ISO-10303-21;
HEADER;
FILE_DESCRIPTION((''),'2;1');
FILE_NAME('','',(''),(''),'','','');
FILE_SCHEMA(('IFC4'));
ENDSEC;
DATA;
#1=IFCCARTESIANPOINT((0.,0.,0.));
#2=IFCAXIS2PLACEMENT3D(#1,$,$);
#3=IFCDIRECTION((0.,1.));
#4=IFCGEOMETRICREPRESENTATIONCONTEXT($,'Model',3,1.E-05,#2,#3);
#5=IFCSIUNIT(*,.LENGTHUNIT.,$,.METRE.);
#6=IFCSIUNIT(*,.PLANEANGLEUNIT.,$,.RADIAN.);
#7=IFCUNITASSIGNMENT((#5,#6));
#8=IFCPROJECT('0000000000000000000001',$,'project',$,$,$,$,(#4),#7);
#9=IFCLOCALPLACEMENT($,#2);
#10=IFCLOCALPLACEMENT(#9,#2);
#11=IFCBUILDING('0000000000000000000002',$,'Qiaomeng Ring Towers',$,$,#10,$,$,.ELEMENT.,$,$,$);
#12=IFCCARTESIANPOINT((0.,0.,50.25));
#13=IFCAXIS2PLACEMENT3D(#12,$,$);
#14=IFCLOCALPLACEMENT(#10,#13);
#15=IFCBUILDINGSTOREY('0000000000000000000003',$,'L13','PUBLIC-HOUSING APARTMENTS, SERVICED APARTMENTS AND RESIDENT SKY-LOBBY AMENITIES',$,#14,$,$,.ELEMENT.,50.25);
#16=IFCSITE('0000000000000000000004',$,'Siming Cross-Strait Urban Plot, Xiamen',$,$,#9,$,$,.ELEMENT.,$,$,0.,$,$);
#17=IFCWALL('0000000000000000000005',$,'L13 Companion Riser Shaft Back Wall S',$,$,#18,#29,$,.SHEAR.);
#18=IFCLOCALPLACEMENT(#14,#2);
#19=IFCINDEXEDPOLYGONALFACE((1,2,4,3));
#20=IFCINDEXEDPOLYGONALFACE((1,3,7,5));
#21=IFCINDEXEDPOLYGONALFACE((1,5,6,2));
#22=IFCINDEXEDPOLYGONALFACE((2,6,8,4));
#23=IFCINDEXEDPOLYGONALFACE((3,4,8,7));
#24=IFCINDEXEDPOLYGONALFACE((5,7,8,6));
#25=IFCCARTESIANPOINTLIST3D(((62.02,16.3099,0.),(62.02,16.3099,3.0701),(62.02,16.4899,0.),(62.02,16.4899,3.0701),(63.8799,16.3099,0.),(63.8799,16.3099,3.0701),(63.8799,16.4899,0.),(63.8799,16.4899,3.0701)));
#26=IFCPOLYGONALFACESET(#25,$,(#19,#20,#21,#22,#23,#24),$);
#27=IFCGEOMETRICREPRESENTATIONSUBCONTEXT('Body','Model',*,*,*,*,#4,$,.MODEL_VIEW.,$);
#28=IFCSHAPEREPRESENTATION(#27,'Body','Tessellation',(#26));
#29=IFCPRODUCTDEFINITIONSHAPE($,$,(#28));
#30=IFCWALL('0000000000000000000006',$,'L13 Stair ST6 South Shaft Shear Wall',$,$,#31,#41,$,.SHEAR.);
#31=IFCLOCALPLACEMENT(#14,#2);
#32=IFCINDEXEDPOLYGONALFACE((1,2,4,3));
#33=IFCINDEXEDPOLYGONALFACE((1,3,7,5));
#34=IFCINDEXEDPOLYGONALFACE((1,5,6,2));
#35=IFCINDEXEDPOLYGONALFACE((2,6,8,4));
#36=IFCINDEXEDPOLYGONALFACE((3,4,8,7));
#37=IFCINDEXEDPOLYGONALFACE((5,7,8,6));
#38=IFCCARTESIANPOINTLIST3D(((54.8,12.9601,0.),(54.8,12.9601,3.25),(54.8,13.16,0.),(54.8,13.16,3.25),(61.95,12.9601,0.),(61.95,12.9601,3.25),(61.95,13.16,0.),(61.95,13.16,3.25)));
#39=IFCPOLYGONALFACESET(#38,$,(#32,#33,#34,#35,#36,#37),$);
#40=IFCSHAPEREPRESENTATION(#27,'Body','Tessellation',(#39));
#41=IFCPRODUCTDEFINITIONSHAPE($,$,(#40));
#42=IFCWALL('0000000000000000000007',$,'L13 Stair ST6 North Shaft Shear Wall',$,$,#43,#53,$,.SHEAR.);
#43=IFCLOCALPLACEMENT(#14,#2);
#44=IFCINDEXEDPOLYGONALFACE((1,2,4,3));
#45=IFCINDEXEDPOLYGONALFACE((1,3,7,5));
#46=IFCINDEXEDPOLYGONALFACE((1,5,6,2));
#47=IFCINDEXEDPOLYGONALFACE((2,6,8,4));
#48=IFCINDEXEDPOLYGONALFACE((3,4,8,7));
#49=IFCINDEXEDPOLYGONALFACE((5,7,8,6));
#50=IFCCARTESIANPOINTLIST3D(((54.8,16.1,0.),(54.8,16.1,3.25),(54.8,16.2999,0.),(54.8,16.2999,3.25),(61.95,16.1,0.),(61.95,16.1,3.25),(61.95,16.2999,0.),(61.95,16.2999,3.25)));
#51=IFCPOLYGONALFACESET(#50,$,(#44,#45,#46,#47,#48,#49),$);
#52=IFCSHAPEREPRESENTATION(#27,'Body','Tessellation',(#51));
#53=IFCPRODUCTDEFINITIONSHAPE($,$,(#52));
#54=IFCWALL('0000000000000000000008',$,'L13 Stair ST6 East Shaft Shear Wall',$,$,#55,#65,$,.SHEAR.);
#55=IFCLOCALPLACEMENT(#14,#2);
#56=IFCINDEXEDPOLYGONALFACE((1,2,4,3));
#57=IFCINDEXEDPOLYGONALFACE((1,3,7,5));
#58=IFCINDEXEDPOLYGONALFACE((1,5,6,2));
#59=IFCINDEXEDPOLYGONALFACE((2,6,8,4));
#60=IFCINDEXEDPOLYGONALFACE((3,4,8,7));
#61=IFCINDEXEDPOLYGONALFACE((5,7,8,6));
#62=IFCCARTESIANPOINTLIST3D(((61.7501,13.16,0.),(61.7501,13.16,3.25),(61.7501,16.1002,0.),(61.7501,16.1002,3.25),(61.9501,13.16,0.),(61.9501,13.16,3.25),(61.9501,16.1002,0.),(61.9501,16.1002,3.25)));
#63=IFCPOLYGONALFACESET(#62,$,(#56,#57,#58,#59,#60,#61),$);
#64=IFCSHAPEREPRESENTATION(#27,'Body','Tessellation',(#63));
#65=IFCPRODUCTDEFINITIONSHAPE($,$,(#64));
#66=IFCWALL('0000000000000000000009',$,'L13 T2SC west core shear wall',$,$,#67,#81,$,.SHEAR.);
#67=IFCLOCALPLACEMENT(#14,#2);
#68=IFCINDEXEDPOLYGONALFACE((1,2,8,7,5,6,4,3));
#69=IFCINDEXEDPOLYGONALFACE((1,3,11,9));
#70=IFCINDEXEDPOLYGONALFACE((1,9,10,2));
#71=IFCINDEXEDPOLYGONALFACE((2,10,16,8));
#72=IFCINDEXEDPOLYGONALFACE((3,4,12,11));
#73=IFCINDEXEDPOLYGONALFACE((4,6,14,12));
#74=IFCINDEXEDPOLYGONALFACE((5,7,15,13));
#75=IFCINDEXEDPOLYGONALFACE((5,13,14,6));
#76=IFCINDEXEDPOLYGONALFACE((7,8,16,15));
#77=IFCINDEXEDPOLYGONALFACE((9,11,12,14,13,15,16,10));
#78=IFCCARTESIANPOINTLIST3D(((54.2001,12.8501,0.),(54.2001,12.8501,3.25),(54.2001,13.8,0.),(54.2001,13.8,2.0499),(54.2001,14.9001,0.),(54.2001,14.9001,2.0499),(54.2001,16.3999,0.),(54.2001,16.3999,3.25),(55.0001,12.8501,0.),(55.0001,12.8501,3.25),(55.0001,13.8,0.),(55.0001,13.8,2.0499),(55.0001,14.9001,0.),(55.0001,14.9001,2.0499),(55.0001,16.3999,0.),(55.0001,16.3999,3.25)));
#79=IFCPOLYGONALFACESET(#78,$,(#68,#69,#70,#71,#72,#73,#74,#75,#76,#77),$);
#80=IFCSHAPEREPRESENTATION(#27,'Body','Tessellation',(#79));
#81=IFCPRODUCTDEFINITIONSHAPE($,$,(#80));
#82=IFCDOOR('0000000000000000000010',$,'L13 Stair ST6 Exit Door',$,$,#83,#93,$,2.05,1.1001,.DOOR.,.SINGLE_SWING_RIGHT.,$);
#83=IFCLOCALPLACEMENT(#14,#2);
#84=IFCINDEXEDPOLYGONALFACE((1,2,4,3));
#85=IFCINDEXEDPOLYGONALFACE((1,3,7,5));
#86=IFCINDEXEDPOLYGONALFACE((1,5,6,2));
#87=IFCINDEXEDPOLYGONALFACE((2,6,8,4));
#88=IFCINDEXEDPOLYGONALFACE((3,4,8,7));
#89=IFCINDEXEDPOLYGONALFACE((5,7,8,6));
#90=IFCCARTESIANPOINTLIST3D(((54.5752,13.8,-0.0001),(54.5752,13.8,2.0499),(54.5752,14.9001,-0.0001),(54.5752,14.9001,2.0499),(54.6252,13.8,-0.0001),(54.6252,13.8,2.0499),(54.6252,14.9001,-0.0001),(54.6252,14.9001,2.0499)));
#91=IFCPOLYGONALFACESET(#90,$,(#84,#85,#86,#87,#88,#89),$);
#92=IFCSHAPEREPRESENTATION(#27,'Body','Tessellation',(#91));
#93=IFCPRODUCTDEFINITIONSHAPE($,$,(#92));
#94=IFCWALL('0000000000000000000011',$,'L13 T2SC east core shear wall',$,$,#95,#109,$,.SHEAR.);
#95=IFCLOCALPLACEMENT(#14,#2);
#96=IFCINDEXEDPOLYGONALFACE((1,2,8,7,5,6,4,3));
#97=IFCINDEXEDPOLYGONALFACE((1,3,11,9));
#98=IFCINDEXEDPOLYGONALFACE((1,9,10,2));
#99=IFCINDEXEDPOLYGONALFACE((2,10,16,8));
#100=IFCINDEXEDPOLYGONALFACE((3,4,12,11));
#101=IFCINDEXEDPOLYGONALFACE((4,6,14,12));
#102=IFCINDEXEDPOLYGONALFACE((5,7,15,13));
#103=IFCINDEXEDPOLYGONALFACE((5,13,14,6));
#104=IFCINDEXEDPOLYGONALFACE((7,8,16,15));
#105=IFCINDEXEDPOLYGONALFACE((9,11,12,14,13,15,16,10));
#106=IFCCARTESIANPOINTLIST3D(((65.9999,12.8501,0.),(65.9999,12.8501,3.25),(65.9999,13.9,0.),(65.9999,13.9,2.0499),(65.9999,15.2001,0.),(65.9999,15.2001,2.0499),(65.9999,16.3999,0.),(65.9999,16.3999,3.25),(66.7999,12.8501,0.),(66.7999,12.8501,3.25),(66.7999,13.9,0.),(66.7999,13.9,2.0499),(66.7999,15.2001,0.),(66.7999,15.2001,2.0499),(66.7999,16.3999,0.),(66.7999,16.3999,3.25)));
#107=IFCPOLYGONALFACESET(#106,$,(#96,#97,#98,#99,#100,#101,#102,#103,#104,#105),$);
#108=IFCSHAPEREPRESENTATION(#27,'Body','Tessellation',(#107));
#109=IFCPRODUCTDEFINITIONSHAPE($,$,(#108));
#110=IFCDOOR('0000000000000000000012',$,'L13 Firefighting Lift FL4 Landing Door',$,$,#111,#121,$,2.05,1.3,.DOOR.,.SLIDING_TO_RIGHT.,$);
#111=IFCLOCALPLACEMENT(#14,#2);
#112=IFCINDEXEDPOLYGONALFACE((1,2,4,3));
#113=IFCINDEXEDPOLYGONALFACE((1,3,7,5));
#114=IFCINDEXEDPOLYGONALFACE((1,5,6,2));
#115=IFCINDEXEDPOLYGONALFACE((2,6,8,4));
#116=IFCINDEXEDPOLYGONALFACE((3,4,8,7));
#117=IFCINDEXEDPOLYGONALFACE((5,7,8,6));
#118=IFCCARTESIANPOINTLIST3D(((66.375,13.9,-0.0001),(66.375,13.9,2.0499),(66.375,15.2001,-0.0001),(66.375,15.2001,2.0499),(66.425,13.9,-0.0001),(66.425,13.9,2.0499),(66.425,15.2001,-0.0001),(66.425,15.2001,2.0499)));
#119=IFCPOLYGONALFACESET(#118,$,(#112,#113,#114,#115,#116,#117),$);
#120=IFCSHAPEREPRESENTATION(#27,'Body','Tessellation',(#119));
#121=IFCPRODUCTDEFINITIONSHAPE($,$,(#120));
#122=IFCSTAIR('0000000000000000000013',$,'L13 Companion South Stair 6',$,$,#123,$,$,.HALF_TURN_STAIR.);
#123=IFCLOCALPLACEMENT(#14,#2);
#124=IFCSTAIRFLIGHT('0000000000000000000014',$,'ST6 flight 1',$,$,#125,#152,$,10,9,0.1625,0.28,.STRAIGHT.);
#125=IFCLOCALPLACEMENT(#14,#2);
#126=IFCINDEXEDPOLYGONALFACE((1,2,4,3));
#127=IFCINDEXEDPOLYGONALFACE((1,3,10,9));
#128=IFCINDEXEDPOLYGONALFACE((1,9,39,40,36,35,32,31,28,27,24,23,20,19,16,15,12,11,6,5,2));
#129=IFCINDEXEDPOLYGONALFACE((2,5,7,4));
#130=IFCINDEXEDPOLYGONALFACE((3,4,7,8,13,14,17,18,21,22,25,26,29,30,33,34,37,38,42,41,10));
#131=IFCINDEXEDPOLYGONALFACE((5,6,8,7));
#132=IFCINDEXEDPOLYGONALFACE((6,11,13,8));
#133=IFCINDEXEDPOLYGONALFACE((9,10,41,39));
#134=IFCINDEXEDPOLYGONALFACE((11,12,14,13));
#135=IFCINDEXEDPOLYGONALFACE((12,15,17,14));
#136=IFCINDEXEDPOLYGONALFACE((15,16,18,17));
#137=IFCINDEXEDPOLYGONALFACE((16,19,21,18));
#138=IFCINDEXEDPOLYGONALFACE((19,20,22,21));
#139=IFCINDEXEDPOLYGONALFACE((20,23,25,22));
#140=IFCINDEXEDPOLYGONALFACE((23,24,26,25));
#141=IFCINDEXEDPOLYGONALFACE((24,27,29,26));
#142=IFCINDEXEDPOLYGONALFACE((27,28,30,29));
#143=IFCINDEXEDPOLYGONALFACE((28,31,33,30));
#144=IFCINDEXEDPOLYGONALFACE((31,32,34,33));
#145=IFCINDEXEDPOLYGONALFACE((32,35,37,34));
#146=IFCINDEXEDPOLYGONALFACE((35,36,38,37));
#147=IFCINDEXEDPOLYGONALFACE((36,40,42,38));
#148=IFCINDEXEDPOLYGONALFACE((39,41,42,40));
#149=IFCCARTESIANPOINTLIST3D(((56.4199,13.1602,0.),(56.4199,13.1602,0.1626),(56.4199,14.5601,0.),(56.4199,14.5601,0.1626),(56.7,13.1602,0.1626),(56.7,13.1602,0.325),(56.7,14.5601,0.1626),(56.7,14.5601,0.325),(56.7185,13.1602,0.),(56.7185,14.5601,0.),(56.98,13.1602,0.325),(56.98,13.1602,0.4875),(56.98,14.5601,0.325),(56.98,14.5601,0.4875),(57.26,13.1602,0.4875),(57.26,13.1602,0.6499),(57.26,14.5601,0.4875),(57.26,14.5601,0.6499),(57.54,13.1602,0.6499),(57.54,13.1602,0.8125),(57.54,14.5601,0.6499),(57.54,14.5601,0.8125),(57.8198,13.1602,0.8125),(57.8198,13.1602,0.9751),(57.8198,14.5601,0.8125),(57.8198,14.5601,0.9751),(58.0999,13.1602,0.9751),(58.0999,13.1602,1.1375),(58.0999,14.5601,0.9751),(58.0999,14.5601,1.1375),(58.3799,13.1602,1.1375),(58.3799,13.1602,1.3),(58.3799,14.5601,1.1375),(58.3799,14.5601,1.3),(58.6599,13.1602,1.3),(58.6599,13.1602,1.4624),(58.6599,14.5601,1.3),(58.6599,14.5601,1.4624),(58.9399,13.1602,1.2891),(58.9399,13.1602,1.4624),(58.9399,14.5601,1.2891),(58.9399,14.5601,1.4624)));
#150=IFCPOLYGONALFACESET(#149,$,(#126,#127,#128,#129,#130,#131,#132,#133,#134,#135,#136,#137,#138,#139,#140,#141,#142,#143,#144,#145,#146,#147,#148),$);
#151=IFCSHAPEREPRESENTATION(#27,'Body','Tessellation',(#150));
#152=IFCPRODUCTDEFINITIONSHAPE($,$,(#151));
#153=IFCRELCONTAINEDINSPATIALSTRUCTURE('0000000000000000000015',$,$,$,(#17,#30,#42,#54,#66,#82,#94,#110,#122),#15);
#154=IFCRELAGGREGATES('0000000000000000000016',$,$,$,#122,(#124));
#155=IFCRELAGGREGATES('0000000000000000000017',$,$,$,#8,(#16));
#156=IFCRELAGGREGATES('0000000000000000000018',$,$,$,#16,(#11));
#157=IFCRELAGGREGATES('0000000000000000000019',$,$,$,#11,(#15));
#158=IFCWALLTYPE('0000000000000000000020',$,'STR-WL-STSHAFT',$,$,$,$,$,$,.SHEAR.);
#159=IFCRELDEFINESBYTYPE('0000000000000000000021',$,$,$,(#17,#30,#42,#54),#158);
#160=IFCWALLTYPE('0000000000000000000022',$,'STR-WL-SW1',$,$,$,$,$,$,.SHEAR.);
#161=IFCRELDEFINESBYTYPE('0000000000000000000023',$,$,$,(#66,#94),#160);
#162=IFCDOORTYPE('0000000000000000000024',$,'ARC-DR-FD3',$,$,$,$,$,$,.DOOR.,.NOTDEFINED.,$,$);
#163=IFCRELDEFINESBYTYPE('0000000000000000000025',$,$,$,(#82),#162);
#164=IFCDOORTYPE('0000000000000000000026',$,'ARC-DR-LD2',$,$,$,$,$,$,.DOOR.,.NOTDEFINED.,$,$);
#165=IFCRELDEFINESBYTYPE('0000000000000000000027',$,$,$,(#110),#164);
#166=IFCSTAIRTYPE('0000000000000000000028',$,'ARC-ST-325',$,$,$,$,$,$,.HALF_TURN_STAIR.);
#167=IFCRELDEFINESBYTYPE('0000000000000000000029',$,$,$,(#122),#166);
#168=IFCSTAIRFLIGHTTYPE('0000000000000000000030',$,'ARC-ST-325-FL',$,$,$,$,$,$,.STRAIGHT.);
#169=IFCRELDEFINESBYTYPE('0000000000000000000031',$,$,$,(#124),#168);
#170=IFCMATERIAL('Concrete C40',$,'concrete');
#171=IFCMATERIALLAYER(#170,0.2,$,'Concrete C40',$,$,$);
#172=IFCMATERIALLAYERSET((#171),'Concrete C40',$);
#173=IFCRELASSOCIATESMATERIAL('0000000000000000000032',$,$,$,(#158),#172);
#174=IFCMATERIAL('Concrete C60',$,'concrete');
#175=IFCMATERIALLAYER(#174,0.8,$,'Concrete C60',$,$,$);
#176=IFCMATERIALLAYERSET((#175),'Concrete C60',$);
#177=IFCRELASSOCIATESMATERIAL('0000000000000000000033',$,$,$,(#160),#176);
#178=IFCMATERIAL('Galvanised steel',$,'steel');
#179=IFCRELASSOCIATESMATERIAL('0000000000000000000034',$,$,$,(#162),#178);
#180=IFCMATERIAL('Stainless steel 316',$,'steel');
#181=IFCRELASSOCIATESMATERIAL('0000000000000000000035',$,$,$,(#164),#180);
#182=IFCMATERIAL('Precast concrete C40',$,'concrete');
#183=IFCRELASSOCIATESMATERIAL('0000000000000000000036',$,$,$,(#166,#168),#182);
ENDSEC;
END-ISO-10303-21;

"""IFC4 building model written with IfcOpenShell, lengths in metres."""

from ifc_helpers import new_model, si_unit, direction, frame, frame_2d, origin, place, context, subcontext, project, spatial, polyline, rectangle, outline, extrude, source, transform, mapped, material, layer, layer_set, type_object, element, fill, aggregate, save


model = new_model("IFC4")

# Units and contexts
model_context = context("Model", 3, precision=1e-05, world=origin(), true_north=direction((0.0, 1.0)))
body_context = subcontext(model_context, "Body", "Model", "MODEL_VIEW")
ifc_project = project(units=[si_unit("LENGTHUNIT", "METRE"), si_unit("PLANEANGLEUNIT", "RADIAN")], contexts=[model_context])

# Site, building, storey
site_placement = place(None, origin())
site = spatial("IfcSite", under=ifc_project, at=site_placement, Name="Siming Cross-Strait Urban Plot, Xiamen", CompositionType="ELEMENT", RefElevation=0.0)
building_placement = place(site_placement, origin())
building = spatial("IfcBuilding", under=site, at=building_placement, Name="Qiaomeng Ring Towers", CompositionType="ELEMENT")
storey_placement = place(building_placement, frame((0.0, 0.0, 50.25)))
storey = spatial("IfcBuildingStorey", under=building, at=storey_placement, Name="L13", Description="PUBLIC-HOUSING APARTMENTS, SERVICED APARTMENTS AND RESIDENT SKY-LOBBY AMENITIES", CompositionType="ELEMENT", Elevation=50.25)

# Walls
ifc_material_1 = material(Name="Concrete C40", Category="concrete")
ifc_layer_1 = layer(ifc_material_1, 0.2, Name="Concrete C40")
ifc_layer_set_1 = layer_set([ifc_layer_1], Name="Concrete C40")
wall_type_1 = type_object("IfcWallType", Name="STR-WL-STSHAFT", PredefinedType="SHEAR", material=ifc_layer_set_1)
for number, where, z_axis, x_axis, name in (
    (1, (62.02, 16.3999, 0.0), (0.0, 0.0, 1.0), (1.0, 0.0, 0.0), "L13 Companion Riser Shaft Back Wall S"),
):
    element("IfcWall", number, at=place(storey_placement, frame(where, z_axis=z_axis, x_axis=x_axis)), inside=storey, type_object=wall_type_1, Name=name, PredefinedType="SHEAR", context=body_context, shape_type="SweptSolid", body=[
        extrude(rectangle(XDim=1.8599, YDim=0.1799, at=frame_2d((0.9299, 0.0))), origin(), (0.0, 0.0, 1.0), 3.0701),
    ])
for number, where, z_axis, x_axis, name in (
    (2, (54.8, 13.0601, 0.0), (0.0, 0.0, 1.0), (1.0, 0.0, 0.0), "L13 Stair ST6 South Shaft Shear Wall"),
    (3, (54.8, 16.2, 0.0), (0.0, 0.0, 1.0), (1.0, 0.0, 0.0), "L13 Stair ST6 North Shaft Shear Wall"),
):
    element("IfcWall", number, at=place(storey_placement, frame(where, z_axis=z_axis, x_axis=x_axis)), inside=storey, type_object=wall_type_1, Name=name, PredefinedType="SHEAR", context=body_context, shape_type="SweptSolid", body=[
        extrude(rectangle(XDim=7.1499, YDim=0.2, at=frame_2d((3.575, 0.0))), origin(), (0.0, 0.0, 1.0), 3.25),
    ])
wall_1_placement = place(storey_placement, frame((61.8501, 13.1599, 0.0), z_axis=(0.0, 0.0, 1.0), x_axis=(0.0, 1.0, 0.0)))
element("IfcWall", 4, at=wall_1_placement, inside=storey, type_object=wall_type_1, Name="L13 Stair ST6 East Shaft Shear Wall", PredefinedType="SHEAR", context=body_context, shape_type="SweptSolid", body=[
    extrude(rectangle(XDim=2.9402, YDim=0.2, at=frame_2d((1.4702, 0.0))), origin(), (0.0, 0.0, 1.0), 3.25),
])

# Walls, openings, doors
ifc_material_2 = material(Name="Concrete C60", Category="concrete")
ifc_layer_2 = layer(ifc_material_2, 0.8, Name="Concrete C60")
ifc_layer_set_2 = layer_set([ifc_layer_2], Name="Concrete C60")
wall_type_2 = type_object("IfcWallType", Name="STR-WL-SW1", PredefinedType="SHEAR", material=ifc_layer_set_2)
wall_2_placement = place(storey_placement, frame((54.6001, 12.8501, 0.0), z_axis=(0.0, 0.0, 1.0), x_axis=(0.0, 1.0, 0.0)))
wall_2 = element("IfcWall", 5, at=wall_2_placement, inside=storey, type_object=wall_type_2, Name="L13 T2SC west core shear wall", PredefinedType="SHEAR", context=body_context, shape_type="SweptSolid", body=[
    extrude(rectangle(XDim=3.5498, YDim=0.8, at=frame_2d((1.7749, 0.0))), origin(), (0.0, 0.0, 1.0), 3.25),
])
opening_1_placement = place(wall_2_placement, frame((0.95, 0.0, 0.0)))
opening_1 = element("IfcOpeningElement", 6, at=opening_1_placement, cuts=wall_2, PredefinedType="OPENING", context=body_context, shape_type="SweptSolid", body=[
    extrude(rectangle(XDim=1.1001, YDim=2.05, at=frame_2d((0.55, 1.0249))), frame((0.0, 0.4099, 0.0), z_axis=(0.0, -1.0, 0.0), x_axis=(1.0, 0.0, 0.0)), (0.0, 0.0, 1.0), 0.8201),
])
ifc_material_3 = material(Name="Galvanised steel", Category="steel")
door_type_1 = type_object("IfcDoorType", Name="ARC-DR-FD3", OperationType="NOTDEFINED", PredefinedType="DOOR", material=ifc_material_3)
shared_shape_1 = source(origin(), body_context, "Body", "SweptSolid", [
    extrude(rectangle(XDim=1.1001, YDim=2.05, at=frame_2d((0.55, 1.0249))), frame((0.0, 0.0249, 0.0), z_axis=(0.0, -1.0, 0.0), x_axis=(1.0, 0.0, 0.0)), (0.0, 0.0, 1.0), 0.05),
])
door_1_placement = place(opening_1_placement, origin())
door_1 = element("IfcDoor", 7, at=door_1_placement, inside=storey, type_object=door_type_1, Name="L13 Stair ST6 Exit Door", OperationType="SINGLE_SWING_RIGHT", OverallHeight=2.05, OverallWidth=1.1001, PredefinedType="DOOR", context=body_context, shape_type="MappedRepresentation", body=[
    mapped(shared_shape_1, transform((0.0, 0.0, 0.0), x_axis=(1.0, 0.0, 0.0), y_axis=(0.0, 1.0, 0.0), z_axis=(0.0, 0.0, 1.0), scale=1.0)),
])
fill(opening_1, door_1)
wall_3_placement = place(storey_placement, frame((66.3999, 12.8501, 0.0), z_axis=(0.0, 0.0, 1.0), x_axis=(0.0, 1.0, 0.0)))
wall_3 = element("IfcWall", 8, at=wall_3_placement, inside=storey, type_object=wall_type_2, Name="L13 T2SC east core shear wall", PredefinedType="SHEAR", context=body_context, shape_type="SweptSolid", body=[
    extrude(rectangle(XDim=3.5498, YDim=0.8, at=frame_2d((1.7749, 0.0))), origin(), (0.0, 0.0, 1.0), 3.25),
])
opening_2_placement = place(wall_3_placement, frame((1.05, 0.0, 0.0)))
opening_2 = element("IfcOpeningElement", 9, at=opening_2_placement, cuts=wall_3, PredefinedType="OPENING", context=body_context, shape_type="SweptSolid", body=[
    extrude(rectangle(XDim=1.3, YDim=2.05, at=frame_2d((0.6499, 1.0249))), frame((0.0, 0.4099, 0.0), z_axis=(0.0, -1.0, 0.0), x_axis=(1.0, 0.0, 0.0)), (0.0, 0.0, 1.0), 0.8201),
])
ifc_material_4 = material(Name="Stainless steel 316", Category="steel")
door_type_2 = type_object("IfcDoorType", Name="ARC-DR-LD2", OperationType="NOTDEFINED", PredefinedType="DOOR", material=ifc_material_4)
shared_shape_2 = source(origin(), body_context, "Body", "SweptSolid", [
    extrude(rectangle(XDim=1.3, YDim=2.05, at=frame_2d((0.6499, 1.0249))), frame((0.0, 0.0249, 0.0), z_axis=(0.0, -1.0, 0.0), x_axis=(1.0, 0.0, 0.0)), (0.0, 0.0, 1.0), 0.05),
])
door_2_placement = place(opening_2_placement, origin())
door_2 = element("IfcDoor", 10, at=door_2_placement, inside=storey, type_object=door_type_2, Name="L13 Firefighting Lift FL4 Landing Door", OperationType="SLIDING_TO_RIGHT", OverallHeight=2.05, OverallWidth=1.3, PredefinedType="DOOR", context=body_context, shape_type="MappedRepresentation", body=[
    mapped(shared_shape_2, transform((0.0, 0.0, 0.0), x_axis=(1.0, 0.0, 0.0), y_axis=(0.0, 1.0, 0.0), z_axis=(0.0, 0.0, 1.0), scale=1.0)),
])
fill(opening_2, door_2)

# Stair, stair flight
ifc_material_5 = material(Name="Precast concrete C40", Category="concrete")
stair_type = type_object("IfcStairType", Name="ARC-ST-325", PredefinedType="HALF_TURN_STAIR", material=ifc_material_5)
stair_placement = place(storey_placement, origin())
stair = element("IfcStair", 11, at=stair_placement, inside=storey, type_object=stair_type, Name="L13 Companion South Stair 6", PredefinedType="HALF_TURN_STAIR")
stair_flight_type = type_object("IfcStairFlightType", Name="ARC-ST-325-FL", PredefinedType="STRAIGHT", material=ifc_material_5)
shared_shape_3 = source(origin(), body_context, "Body", "SweptSolid", [
    extrude(outline(polyline([(0.0, 0.0), (0.0, 0.1626), (0.28, 0.1626), (0.28, 0.325), (0.5601, 0.325), (0.5601, 0.4875), (0.8401, 0.4875), (0.8401, 0.6499), (1.1201, 0.6499), (1.1201, 0.8125), (1.3999, 0.8125), (1.3999, 0.9751), (1.6799, 0.9751), (1.6799, 1.1375), (1.96, 1.1375), (1.96, 1.3), (2.24, 1.3), (2.24, 1.4624), (2.52, 1.4624), (2.52, 1.625), (2.52, 1.2891), (0.2986, 0.0), (0.0, 0.0)])), frame((0.0, 0.7, 0.0), z_axis=(0.0, -1.0, 0.0), x_axis=(1.0, 0.0, 0.0)), (0.0, 0.0, 1.0), 1.3999),
])
stair_flight_1_placement = place(storey_placement, frame((56.4199, 13.8601, 0.0), z_axis=(0.0, 0.0, 1.0), x_axis=(1.0, 0.0, 0.0)))
stair_flight_1 = element("IfcStairFlight", 12, at=stair_flight_1_placement, type_object=stair_flight_type, Name="ST6 flight 1", NumberOfRisers=10, NumberOfTreads=9, PredefinedType="STRAIGHT", RiserHeight=0.1625, TreadLength=0.28, context=body_context, shape_type="MappedRepresentation", body=[
    mapped(shared_shape_3, transform((0.0, 0.0, 0.0), x_axis=(1.0, 0.0, 0.0), y_axis=(0.0, 1.0, 0.0), z_axis=(0.0, 0.0, 1.0), scale=1.0)),
])
aggregate(stair, [stair_flight_1])

save(model, "model.ifc")
